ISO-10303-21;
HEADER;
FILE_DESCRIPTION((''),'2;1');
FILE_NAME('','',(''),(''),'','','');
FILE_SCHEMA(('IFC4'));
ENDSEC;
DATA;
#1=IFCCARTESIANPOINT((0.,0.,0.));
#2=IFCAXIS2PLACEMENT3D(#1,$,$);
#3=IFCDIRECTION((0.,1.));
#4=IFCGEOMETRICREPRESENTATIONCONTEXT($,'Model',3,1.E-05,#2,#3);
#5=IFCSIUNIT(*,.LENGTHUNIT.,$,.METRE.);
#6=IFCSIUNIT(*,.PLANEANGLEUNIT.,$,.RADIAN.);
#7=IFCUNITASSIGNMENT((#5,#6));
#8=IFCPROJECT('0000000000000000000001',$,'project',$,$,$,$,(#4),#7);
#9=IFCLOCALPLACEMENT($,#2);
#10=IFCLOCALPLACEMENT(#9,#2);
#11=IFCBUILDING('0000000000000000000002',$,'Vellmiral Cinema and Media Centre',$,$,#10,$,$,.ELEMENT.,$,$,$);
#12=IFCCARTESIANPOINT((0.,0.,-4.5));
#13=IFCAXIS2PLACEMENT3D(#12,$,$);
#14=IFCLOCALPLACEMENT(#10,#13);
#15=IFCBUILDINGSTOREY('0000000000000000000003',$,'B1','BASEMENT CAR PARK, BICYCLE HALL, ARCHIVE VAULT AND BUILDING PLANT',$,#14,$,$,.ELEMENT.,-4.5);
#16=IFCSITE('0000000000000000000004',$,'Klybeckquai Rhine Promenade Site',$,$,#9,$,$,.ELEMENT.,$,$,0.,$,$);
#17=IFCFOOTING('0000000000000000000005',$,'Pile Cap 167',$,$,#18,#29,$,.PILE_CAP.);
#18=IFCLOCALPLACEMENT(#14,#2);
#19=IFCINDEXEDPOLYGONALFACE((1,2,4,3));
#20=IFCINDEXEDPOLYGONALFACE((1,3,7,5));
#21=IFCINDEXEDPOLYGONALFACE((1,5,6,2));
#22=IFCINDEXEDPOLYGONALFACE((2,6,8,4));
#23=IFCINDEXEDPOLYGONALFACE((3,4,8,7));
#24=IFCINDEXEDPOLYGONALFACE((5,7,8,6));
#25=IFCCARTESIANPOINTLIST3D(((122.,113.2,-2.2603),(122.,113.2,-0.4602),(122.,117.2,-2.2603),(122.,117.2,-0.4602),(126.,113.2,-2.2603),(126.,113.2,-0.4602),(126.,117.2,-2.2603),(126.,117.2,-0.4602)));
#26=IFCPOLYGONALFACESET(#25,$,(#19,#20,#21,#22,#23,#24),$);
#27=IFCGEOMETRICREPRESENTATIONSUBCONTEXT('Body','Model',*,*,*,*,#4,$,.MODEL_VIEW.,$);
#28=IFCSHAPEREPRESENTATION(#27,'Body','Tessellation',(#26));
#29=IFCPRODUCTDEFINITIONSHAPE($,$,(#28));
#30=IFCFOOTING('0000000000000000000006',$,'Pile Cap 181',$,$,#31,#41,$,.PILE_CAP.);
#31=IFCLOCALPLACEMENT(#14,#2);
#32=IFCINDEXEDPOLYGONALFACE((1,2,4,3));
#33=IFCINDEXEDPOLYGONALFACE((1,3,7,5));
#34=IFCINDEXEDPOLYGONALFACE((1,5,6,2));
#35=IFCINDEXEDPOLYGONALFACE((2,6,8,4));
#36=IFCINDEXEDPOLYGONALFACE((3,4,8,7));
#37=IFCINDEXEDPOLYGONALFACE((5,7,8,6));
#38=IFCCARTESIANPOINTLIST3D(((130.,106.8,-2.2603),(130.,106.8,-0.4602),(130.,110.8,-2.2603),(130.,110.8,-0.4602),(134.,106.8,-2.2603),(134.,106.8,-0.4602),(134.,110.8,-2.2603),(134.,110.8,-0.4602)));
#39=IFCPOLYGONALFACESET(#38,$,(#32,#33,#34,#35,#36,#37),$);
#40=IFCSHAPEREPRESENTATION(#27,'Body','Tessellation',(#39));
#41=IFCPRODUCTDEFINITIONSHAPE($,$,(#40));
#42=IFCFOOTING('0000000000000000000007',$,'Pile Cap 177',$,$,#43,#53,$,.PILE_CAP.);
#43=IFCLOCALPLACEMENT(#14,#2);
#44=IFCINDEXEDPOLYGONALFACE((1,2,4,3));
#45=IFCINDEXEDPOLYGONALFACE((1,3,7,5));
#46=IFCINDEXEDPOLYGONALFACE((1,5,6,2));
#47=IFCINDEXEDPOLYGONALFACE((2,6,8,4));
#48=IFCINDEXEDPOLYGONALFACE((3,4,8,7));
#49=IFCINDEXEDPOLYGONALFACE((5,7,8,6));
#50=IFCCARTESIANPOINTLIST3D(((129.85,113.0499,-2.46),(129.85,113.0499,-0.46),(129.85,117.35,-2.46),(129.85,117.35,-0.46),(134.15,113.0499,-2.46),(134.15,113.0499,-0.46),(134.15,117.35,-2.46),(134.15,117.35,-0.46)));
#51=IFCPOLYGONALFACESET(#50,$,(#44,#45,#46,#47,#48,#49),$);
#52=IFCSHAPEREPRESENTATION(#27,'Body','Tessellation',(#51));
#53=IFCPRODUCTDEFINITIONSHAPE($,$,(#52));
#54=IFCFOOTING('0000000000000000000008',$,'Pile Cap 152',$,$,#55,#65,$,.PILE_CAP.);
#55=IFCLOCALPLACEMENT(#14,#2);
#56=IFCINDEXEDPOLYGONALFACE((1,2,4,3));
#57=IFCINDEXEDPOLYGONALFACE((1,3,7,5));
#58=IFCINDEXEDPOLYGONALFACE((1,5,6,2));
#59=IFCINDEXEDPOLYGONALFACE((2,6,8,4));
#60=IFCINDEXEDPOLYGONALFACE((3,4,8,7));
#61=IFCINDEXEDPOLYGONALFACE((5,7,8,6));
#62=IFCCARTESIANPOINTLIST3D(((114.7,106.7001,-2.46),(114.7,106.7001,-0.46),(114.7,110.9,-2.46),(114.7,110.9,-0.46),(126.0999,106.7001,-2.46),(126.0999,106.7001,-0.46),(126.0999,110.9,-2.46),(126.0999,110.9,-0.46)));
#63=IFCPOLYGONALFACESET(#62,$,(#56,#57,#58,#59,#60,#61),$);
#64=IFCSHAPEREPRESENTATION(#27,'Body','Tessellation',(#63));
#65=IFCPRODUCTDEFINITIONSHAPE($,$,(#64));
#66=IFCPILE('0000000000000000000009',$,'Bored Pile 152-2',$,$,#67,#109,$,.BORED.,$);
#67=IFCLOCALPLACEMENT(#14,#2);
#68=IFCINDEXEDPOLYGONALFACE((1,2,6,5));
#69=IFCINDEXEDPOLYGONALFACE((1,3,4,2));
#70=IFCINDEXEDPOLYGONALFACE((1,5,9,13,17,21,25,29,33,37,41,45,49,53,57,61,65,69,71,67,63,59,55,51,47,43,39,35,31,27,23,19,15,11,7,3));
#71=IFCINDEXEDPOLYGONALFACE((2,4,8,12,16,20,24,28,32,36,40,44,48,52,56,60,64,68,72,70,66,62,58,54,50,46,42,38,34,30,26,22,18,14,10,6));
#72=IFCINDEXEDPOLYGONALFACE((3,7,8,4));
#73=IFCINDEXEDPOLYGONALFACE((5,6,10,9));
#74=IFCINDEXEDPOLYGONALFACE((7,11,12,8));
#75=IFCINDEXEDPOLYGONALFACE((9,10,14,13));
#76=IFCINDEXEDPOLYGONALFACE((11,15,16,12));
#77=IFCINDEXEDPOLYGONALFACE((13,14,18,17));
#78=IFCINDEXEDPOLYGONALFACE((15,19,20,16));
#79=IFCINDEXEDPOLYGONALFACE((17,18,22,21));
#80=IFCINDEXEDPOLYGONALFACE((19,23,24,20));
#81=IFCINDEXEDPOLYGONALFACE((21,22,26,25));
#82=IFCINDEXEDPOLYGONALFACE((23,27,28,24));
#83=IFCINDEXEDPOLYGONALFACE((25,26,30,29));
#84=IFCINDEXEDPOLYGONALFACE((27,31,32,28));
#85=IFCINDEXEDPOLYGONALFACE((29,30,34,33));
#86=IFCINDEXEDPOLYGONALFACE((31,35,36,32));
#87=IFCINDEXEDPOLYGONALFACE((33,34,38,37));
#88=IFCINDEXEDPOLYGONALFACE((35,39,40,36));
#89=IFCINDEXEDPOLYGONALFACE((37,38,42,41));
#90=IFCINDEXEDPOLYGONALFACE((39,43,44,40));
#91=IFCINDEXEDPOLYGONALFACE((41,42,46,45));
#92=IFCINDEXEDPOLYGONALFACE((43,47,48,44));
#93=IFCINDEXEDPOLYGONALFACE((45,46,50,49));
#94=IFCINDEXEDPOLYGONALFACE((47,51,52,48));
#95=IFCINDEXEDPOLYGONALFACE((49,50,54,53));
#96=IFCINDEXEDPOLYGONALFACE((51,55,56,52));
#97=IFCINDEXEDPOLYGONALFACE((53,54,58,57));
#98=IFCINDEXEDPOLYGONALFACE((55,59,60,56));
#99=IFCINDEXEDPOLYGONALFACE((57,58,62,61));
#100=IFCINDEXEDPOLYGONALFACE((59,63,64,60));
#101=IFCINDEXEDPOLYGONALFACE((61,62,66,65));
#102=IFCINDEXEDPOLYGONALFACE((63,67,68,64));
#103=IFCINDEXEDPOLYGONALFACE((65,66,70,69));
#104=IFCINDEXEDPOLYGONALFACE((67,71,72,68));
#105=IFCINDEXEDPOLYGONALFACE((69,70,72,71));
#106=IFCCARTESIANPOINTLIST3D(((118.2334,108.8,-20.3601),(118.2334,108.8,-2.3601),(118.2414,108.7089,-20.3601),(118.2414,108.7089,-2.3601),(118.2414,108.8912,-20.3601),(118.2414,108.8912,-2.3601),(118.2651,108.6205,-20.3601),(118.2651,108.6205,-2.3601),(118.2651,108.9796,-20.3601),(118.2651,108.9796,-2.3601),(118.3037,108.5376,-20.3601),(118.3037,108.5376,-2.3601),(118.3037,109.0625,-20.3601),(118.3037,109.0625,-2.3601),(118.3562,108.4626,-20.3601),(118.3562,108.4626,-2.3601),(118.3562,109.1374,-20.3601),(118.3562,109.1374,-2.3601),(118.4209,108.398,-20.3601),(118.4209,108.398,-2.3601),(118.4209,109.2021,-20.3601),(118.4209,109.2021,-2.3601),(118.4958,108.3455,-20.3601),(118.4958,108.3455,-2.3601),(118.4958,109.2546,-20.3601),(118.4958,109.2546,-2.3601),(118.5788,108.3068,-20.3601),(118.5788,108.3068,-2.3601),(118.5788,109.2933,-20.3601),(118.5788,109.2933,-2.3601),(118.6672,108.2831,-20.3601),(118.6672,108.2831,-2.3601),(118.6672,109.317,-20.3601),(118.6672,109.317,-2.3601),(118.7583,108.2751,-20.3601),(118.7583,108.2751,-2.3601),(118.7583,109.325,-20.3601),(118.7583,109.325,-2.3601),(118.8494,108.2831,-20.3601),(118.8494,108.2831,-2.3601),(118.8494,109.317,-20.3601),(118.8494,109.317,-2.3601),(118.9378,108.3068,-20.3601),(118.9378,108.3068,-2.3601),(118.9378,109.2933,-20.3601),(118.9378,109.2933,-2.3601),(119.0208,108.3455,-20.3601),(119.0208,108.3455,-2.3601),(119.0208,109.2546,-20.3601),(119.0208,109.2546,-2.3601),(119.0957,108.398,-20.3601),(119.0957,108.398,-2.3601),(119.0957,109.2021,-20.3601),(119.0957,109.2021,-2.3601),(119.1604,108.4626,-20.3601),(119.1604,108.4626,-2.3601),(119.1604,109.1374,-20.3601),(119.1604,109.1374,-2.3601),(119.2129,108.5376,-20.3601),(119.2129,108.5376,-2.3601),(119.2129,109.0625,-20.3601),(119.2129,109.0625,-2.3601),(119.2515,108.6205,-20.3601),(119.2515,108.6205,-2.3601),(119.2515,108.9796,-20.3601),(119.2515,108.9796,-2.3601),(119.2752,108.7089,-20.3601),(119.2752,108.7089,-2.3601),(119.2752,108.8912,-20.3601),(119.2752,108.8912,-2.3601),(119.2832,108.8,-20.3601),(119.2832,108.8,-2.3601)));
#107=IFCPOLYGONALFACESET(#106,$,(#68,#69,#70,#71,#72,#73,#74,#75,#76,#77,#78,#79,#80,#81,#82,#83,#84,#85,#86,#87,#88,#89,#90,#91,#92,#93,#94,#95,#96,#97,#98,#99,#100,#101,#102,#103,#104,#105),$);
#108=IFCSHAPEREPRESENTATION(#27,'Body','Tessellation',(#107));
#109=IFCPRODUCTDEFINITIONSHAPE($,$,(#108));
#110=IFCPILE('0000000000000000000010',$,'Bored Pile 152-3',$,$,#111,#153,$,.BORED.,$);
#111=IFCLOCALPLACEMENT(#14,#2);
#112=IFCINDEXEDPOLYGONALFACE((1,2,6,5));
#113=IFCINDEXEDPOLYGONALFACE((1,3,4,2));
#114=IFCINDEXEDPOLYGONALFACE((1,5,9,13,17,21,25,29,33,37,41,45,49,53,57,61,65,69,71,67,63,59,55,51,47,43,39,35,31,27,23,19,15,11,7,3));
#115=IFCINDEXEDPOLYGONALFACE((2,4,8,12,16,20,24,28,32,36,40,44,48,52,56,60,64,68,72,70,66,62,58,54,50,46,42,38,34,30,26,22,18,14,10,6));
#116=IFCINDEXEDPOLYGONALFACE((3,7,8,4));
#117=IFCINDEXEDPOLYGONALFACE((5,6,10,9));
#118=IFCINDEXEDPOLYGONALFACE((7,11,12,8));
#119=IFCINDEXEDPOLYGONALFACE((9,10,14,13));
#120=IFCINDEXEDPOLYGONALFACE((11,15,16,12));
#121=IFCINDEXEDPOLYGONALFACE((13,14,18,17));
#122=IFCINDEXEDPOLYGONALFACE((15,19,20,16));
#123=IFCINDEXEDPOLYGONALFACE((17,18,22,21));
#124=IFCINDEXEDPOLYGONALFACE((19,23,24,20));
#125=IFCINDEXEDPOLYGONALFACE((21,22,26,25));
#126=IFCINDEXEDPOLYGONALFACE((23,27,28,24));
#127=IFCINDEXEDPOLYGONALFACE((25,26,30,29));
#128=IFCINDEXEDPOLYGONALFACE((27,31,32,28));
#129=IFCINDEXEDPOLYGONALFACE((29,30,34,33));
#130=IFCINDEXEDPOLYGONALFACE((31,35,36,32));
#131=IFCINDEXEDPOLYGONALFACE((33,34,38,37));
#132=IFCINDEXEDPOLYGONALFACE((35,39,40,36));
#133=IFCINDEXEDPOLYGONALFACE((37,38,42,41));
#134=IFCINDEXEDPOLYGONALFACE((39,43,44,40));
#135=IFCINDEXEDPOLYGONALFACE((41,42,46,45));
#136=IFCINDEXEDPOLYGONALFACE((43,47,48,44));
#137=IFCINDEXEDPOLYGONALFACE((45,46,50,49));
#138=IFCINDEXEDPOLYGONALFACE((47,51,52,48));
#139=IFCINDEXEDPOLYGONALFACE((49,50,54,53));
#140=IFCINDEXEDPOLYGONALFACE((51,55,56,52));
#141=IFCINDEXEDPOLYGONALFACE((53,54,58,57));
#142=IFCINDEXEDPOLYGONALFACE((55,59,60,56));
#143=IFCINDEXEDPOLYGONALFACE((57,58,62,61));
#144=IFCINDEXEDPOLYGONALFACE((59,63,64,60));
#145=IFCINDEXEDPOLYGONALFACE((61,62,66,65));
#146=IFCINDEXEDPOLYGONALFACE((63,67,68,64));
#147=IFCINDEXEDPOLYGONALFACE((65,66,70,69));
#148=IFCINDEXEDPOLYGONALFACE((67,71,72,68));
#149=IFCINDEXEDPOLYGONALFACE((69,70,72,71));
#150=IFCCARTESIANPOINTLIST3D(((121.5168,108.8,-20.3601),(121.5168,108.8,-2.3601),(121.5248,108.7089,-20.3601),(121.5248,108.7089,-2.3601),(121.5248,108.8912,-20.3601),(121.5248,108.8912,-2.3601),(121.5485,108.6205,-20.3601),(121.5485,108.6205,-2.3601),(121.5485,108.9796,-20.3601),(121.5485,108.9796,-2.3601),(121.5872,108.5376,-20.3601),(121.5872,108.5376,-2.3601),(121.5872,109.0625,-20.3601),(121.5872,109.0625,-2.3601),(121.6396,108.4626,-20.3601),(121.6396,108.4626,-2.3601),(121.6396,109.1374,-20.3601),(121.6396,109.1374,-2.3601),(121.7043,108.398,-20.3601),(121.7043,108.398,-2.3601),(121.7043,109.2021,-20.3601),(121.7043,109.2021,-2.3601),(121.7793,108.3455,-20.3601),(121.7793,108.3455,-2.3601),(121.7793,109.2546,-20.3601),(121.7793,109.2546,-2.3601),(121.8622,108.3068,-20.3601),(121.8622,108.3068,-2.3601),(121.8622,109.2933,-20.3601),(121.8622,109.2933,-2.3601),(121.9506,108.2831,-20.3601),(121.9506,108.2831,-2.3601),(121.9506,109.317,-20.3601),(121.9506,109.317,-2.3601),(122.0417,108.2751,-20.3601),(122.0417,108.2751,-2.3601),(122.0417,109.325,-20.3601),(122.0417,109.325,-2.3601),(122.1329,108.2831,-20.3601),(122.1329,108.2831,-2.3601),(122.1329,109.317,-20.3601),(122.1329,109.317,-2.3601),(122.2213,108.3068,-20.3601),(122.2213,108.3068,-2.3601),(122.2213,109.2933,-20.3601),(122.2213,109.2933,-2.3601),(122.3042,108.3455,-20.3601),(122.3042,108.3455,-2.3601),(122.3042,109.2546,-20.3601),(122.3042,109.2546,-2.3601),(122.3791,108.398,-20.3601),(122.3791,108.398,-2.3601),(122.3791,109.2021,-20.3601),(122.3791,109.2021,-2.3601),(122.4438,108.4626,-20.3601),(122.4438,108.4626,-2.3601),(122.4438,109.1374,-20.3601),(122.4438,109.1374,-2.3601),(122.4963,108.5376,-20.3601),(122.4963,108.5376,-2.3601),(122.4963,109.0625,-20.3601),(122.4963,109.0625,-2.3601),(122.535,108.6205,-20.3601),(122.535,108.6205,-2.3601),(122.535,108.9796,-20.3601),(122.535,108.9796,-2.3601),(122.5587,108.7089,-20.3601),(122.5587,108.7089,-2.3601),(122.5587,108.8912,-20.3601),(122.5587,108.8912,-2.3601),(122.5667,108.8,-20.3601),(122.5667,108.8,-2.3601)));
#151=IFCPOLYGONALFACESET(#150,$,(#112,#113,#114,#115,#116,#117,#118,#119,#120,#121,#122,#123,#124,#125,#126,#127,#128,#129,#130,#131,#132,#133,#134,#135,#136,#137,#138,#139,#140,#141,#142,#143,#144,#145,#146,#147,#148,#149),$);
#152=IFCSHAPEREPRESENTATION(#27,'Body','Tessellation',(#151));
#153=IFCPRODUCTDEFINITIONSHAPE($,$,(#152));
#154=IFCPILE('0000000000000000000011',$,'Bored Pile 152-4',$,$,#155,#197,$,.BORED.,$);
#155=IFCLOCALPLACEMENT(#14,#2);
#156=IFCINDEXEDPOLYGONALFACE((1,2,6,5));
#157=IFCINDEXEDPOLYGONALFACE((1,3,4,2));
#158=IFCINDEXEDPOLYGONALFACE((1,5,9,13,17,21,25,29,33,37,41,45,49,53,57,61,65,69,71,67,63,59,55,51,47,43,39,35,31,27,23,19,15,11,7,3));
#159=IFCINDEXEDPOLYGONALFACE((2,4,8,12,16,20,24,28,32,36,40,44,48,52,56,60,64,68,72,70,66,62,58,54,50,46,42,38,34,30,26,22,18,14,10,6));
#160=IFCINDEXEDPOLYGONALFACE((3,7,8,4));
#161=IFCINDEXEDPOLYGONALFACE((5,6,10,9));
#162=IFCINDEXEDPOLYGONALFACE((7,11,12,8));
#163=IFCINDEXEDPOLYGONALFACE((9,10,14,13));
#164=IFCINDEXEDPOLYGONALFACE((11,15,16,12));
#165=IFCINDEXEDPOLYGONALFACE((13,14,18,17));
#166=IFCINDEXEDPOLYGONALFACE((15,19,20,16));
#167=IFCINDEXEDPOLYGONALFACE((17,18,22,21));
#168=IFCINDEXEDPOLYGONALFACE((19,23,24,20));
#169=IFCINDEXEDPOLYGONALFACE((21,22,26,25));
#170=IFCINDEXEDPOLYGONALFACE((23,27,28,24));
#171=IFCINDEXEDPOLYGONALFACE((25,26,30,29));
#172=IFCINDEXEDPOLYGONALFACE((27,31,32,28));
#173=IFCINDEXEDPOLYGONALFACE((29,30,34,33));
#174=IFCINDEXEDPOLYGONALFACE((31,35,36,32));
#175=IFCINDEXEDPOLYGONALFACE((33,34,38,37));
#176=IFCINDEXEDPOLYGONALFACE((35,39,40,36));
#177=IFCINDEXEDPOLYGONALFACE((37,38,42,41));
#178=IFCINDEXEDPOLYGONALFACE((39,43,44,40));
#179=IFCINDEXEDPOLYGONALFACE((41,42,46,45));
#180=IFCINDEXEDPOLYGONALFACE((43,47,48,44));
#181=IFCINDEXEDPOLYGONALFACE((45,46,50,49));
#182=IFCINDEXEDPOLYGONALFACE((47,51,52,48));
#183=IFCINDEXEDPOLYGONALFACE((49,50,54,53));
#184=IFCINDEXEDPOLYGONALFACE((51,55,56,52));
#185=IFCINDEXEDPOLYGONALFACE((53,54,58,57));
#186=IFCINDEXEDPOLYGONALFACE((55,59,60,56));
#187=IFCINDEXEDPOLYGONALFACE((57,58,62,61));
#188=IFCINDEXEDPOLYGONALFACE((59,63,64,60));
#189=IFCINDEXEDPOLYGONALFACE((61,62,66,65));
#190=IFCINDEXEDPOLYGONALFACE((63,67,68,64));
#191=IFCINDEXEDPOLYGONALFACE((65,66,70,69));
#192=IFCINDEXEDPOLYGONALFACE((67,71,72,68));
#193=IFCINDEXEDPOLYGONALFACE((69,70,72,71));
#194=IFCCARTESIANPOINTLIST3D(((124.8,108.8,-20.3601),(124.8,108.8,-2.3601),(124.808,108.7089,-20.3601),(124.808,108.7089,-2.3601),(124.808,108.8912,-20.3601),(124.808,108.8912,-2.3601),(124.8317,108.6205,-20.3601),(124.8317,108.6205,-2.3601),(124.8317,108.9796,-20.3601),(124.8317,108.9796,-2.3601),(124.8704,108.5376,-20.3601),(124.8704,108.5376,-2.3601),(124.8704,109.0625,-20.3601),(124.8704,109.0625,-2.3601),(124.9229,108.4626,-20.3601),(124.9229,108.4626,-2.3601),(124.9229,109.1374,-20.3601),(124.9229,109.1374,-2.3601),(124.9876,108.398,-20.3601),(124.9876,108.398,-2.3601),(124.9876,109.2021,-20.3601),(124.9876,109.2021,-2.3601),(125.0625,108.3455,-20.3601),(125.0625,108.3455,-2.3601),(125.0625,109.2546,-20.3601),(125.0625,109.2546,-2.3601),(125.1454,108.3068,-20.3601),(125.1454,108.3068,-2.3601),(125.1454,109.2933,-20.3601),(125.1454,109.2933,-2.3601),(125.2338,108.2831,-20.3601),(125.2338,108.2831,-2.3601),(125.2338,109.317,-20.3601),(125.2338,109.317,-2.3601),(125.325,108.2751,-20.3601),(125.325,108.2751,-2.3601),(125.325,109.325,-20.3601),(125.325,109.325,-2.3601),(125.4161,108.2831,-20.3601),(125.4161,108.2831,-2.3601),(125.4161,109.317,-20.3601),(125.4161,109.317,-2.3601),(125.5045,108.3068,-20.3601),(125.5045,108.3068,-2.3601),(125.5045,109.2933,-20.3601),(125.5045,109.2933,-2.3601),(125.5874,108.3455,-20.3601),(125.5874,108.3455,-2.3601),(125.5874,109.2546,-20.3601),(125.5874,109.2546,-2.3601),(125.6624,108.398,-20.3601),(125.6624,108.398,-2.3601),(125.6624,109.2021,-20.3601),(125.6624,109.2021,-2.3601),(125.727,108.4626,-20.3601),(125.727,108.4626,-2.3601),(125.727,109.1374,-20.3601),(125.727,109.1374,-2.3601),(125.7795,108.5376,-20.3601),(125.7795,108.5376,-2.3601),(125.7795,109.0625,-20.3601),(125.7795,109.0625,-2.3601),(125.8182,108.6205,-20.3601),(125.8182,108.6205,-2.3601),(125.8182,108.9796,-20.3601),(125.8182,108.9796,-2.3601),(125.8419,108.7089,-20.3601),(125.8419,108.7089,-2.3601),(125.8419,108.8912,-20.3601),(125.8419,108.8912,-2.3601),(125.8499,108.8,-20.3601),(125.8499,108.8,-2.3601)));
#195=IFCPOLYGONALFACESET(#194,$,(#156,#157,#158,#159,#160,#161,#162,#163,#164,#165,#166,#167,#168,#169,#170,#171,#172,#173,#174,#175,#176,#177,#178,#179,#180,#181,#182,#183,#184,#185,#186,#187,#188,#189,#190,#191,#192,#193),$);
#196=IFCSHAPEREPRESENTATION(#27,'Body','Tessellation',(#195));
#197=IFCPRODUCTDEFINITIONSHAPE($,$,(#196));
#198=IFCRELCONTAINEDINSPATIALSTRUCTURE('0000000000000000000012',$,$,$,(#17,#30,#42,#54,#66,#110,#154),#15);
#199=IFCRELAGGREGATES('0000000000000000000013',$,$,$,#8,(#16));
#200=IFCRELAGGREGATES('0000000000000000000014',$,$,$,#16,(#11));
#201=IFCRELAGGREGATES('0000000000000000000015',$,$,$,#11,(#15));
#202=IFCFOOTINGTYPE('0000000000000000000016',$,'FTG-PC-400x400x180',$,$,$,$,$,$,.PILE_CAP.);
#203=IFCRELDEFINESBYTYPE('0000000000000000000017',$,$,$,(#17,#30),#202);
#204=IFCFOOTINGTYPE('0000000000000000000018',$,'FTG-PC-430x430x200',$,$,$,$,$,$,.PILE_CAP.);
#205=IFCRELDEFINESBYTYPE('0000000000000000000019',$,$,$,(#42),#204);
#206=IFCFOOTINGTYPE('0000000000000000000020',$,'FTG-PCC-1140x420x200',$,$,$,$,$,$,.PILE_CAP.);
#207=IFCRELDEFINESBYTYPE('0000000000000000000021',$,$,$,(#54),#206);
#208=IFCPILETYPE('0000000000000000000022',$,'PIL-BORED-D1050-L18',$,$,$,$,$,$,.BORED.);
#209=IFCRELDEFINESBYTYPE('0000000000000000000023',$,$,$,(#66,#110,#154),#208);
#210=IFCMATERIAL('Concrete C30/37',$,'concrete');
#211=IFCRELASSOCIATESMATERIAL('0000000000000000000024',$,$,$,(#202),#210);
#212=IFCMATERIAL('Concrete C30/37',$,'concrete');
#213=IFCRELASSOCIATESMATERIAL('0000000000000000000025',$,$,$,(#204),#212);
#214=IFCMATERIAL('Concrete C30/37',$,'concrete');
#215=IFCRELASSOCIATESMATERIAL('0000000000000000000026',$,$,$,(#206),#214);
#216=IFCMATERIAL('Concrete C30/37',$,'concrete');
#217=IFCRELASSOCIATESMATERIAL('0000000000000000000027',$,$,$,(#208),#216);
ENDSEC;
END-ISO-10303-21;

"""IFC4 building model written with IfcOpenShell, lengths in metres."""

from ifc_helpers import new_model, si_unit, direction, frame, origin, origin_2d, place, context, subcontext, project, spatial, rectangle, circle, extrude, material, material_profile, profile_set, type_object, element, save


model = new_model("IFC4")

# Units and contexts
model_context = context("Model", 3, precision=1e-05, world=origin(), true_north=direction((0.0, 1.0)))
body_context = subcontext(model_context, "Body", "Model", "MODEL_VIEW")
ifc_project = project(units=[si_unit("LENGTHUNIT", "METRE"), si_unit("PLANEANGLEUNIT", "RADIAN")], contexts=[model_context])

# Site, building, storey
site_placement = place(None, origin())
site = spatial("IfcSite", under=ifc_project, at=site_placement, Name="Klybeckquai Rhine Promenade Site", CompositionType="ELEMENT", RefElevation=0.0)
building_placement = place(site_placement, origin())
building = spatial("IfcBuilding", under=site, at=building_placement, Name="Vellmiral Cinema and Media Centre", CompositionType="ELEMENT")
storey_placement = place(building_placement, frame((0.0, 0.0, -4.5)))
storey = spatial("IfcBuildingStorey", under=building, at=storey_placement, Name="B1", Description="BASEMENT CAR PARK, BICYCLE HALL, ARCHIVE VAULT AND BUILDING PLANT", CompositionType="ELEMENT", Elevation=-4.5)

# Footings
ifc_material_1 = material(Name="Concrete C30/37", Category="concrete")
footing_type_1 = type_object("IfcFootingType", Name="FTG-PC-400x400x180", PredefinedType="PILE_CAP", material=ifc_material_1)
for number, where, z_axis, x_axis, name in (
    (1, (124.0, 115.2, -2.2603), (0.0, 0.0, 1.0), (1.0, 0.0, 0.0), "Pile Cap 167"),
    (2, (132.0, 108.8, -2.2603), (0.0, 0.0, 1.0), (1.0, 0.0, 0.0), "Pile Cap 181"),
):
    element("IfcFooting", number, at=place(storey_placement, frame(where, z_axis=z_axis, x_axis=x_axis)), inside=storey, type_object=footing_type_1, Name=name, PredefinedType="PILE_CAP", context=body_context, shape_type="SweptSolid", body=[
        extrude(rectangle(XDim=4.0, YDim=4.0, at=origin_2d()), origin(), (0.0, 0.0, 1.0), 1.8),
    ])
ifc_material_2 = material(Name="Concrete C30/37", Category="concrete")
footing_type_2 = type_object("IfcFootingType", Name="FTG-PC-430x430x200", PredefinedType="PILE_CAP", material=ifc_material_2)
footing_1_placement = place(storey_placement, frame((132.0, 115.2, -2.46), z_axis=(0.0, 0.0, 1.0), x_axis=(1.0, 0.0, 0.0)))
element("IfcFooting", 3, at=footing_1_placement, inside=storey, type_object=footing_type_2, Name="Pile Cap 177", PredefinedType="PILE_CAP", context=body_context, shape_type="SweptSolid", body=[
    extrude(rectangle(XDim=4.3, YDim=4.3, at=origin_2d()), origin(), (0.0, 0.0, 1.0), 2.0),
])
ifc_material_3 = material(Name="Concrete C30/37", Category="concrete")
footing_type_3 = type_object("IfcFootingType", Name="FTG-PCC-1140x420x200", PredefinedType="PILE_CAP", material=ifc_material_3)
footing_2_placement = place(storey_placement, frame((120.3999, 108.8, -2.46), z_axis=(0.0, 0.0, 1.0), x_axis=(1.0, 0.0, 0.0)))
element("IfcFooting", 4, at=footing_2_placement, inside=storey, type_object=footing_type_3, Name="Pile Cap 152", PredefinedType="PILE_CAP", context=body_context, shape_type="SweptSolid", body=[
    extrude(rectangle(XDim=11.3999, YDim=4.2, at=origin_2d()), origin(), (0.0, 0.0, 1.0), 2.0),
])

# Piles
ifc_material_4 = material(Name="Concrete C30/37", Category="concrete")
ifc_material_profile_1 = material_profile(ifc_material_4, circle(Radius=0.5249, at=origin_2d()), Name="PILE D1050")
ifc_profile_set_1 = profile_set([ifc_material_profile_1], Name="Concrete C30/37")
pile_type_1 = type_object("IfcPileType", Name="PIL-BORED-D1050-L18", PredefinedType="BORED", material=ifc_profile_set_1)
for number, where, z_axis, x_axis, name in (
    (5, (118.7583, 108.8, -2.3601), (0.0, 0.0, -1.0), (1.0, 0.0, 0.0), "Bored Pile 152-2"),
    (6, (122.0417, 108.8, -2.3601), (0.0, 0.0, -1.0), (1.0, 0.0, 0.0), "Bored Pile 152-3"),
    (7, (125.325, 108.8, -2.3601), (0.0, 0.0, -1.0), (1.0, 0.0, 0.0), "Bored Pile 152-4"),
):
    element("IfcPile", number, at=place(storey_placement, frame(where, z_axis=z_axis, x_axis=x_axis)), inside=storey, type_object=pile_type_1, Name=name, PredefinedType="BORED", context=body_context, shape_type="SweptSolid", body=[
        extrude(circle(Radius=0.5249, at=origin_2d()), origin(), (0.0, 0.0, 1.0), 18.0),
    ])

save(model, "model.ifc")
